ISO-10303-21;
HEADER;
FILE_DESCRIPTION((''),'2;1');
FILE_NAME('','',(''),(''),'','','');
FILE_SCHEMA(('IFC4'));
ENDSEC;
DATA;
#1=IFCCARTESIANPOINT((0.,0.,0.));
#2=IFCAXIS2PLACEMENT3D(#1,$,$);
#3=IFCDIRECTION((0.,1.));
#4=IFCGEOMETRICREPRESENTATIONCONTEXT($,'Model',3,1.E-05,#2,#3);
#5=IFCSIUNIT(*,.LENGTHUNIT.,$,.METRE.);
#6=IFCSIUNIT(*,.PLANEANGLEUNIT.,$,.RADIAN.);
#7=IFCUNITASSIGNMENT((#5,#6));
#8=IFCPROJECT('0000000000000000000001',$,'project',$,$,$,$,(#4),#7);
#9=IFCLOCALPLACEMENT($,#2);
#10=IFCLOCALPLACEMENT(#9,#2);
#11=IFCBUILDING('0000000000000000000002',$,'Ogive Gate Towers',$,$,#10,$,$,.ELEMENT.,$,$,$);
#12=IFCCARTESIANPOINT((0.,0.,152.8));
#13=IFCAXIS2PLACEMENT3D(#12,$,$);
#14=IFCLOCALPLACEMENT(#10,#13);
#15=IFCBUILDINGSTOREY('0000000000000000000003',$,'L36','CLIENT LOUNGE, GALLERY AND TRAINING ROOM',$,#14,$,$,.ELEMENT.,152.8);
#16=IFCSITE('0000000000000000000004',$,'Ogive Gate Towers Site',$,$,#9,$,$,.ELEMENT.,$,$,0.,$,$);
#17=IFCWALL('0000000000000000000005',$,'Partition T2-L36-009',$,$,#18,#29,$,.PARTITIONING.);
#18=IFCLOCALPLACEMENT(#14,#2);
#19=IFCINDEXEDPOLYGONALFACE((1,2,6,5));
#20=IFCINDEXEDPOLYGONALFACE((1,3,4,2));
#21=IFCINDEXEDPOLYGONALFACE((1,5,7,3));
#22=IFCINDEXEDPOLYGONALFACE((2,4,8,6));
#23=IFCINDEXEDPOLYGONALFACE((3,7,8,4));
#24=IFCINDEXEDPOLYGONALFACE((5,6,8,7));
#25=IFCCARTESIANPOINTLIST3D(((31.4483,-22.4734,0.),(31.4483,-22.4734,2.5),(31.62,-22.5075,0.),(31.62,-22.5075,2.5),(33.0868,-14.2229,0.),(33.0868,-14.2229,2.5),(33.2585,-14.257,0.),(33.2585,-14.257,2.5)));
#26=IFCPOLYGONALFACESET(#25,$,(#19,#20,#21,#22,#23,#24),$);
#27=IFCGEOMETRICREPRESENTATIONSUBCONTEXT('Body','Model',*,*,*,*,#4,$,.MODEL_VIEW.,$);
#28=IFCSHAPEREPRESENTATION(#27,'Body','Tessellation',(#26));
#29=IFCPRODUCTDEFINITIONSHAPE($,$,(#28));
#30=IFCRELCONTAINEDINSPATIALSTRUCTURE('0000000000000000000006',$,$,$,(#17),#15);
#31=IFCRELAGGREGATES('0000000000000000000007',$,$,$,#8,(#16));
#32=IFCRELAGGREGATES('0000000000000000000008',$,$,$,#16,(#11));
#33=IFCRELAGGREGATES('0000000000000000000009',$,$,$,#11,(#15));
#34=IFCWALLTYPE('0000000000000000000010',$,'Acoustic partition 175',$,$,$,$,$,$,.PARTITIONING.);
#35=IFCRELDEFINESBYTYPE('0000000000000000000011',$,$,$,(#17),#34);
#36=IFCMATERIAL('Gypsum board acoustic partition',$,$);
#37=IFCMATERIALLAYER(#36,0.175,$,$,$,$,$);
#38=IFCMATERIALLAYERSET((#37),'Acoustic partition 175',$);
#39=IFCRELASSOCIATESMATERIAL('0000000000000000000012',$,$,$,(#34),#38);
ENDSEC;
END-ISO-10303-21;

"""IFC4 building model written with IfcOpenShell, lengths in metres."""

from ifc_helpers import new_model, si_unit, direction, frame, frame_2d, origin, place, context, subcontext, project, spatial, rectangle, extrude, material, layer, layer_set, type_object, element, save


model = new_model("IFC4")

# Units and contexts
model_context = context("Model", 3, precision=1e-05, world=origin(), true_north=direction((0.0, 1.0)))
body_context = subcontext(model_context, "Body", "Model", "MODEL_VIEW")
ifc_project = project(units=[si_unit("LENGTHUNIT", "METRE"), si_unit("PLANEANGLEUNIT", "RADIAN")], contexts=[model_context])

# Site, building, storey
site_placement = place(None, origin())
site = spatial("IfcSite", under=ifc_project, at=site_placement, Name="Ogive Gate Towers Site", CompositionType="ELEMENT", RefElevation=0.0)
building_placement = place(site_placement, origin())
building = spatial("IfcBuilding", under=site, at=building_placement, Name="Ogive Gate Towers", CompositionType="ELEMENT")
storey_placement = place(building_placement, frame((0.0, 0.0, 152.8)))
storey = spatial("IfcBuildingStorey", under=building, at=storey_placement, Name="L36", Description="CLIENT LOUNGE, GALLERY AND TRAINING ROOM", CompositionType="ELEMENT", Elevation=152.8)

# Wall
ifc_material_1 = material(Name="Gypsum board acoustic partition")
ifc_layer_1 = layer(ifc_material_1, 0.175)
ifc_layer_set_1 = layer_set([ifc_layer_1], Name="Acoustic partition 175")
wall_type = type_object("IfcWallType", Name="Acoustic partition 175", PredefinedType="PARTITIONING", material=ifc_layer_set_1)
wall_1_placement = place(storey_placement, frame((31.5342, -22.4905, 0.0), z_axis=(0.0, 0.0, 1.0), x_axis=(0.194782, 0.980847, 0.0)))
element("IfcWall", 1, at=wall_1_placement, inside=storey, type_object=wall_type, Name="Partition T2-L36-009", PredefinedType="PARTITIONING", context=body_context, shape_type="SweptSolid", body=[
    extrude(rectangle(XDim=8.4116, YDim=0.175, at=frame_2d((4.2058, 0.0))), origin(), (0.0, 0.0, 1.0), 2.5),
])

save(model, "model.ifc")
